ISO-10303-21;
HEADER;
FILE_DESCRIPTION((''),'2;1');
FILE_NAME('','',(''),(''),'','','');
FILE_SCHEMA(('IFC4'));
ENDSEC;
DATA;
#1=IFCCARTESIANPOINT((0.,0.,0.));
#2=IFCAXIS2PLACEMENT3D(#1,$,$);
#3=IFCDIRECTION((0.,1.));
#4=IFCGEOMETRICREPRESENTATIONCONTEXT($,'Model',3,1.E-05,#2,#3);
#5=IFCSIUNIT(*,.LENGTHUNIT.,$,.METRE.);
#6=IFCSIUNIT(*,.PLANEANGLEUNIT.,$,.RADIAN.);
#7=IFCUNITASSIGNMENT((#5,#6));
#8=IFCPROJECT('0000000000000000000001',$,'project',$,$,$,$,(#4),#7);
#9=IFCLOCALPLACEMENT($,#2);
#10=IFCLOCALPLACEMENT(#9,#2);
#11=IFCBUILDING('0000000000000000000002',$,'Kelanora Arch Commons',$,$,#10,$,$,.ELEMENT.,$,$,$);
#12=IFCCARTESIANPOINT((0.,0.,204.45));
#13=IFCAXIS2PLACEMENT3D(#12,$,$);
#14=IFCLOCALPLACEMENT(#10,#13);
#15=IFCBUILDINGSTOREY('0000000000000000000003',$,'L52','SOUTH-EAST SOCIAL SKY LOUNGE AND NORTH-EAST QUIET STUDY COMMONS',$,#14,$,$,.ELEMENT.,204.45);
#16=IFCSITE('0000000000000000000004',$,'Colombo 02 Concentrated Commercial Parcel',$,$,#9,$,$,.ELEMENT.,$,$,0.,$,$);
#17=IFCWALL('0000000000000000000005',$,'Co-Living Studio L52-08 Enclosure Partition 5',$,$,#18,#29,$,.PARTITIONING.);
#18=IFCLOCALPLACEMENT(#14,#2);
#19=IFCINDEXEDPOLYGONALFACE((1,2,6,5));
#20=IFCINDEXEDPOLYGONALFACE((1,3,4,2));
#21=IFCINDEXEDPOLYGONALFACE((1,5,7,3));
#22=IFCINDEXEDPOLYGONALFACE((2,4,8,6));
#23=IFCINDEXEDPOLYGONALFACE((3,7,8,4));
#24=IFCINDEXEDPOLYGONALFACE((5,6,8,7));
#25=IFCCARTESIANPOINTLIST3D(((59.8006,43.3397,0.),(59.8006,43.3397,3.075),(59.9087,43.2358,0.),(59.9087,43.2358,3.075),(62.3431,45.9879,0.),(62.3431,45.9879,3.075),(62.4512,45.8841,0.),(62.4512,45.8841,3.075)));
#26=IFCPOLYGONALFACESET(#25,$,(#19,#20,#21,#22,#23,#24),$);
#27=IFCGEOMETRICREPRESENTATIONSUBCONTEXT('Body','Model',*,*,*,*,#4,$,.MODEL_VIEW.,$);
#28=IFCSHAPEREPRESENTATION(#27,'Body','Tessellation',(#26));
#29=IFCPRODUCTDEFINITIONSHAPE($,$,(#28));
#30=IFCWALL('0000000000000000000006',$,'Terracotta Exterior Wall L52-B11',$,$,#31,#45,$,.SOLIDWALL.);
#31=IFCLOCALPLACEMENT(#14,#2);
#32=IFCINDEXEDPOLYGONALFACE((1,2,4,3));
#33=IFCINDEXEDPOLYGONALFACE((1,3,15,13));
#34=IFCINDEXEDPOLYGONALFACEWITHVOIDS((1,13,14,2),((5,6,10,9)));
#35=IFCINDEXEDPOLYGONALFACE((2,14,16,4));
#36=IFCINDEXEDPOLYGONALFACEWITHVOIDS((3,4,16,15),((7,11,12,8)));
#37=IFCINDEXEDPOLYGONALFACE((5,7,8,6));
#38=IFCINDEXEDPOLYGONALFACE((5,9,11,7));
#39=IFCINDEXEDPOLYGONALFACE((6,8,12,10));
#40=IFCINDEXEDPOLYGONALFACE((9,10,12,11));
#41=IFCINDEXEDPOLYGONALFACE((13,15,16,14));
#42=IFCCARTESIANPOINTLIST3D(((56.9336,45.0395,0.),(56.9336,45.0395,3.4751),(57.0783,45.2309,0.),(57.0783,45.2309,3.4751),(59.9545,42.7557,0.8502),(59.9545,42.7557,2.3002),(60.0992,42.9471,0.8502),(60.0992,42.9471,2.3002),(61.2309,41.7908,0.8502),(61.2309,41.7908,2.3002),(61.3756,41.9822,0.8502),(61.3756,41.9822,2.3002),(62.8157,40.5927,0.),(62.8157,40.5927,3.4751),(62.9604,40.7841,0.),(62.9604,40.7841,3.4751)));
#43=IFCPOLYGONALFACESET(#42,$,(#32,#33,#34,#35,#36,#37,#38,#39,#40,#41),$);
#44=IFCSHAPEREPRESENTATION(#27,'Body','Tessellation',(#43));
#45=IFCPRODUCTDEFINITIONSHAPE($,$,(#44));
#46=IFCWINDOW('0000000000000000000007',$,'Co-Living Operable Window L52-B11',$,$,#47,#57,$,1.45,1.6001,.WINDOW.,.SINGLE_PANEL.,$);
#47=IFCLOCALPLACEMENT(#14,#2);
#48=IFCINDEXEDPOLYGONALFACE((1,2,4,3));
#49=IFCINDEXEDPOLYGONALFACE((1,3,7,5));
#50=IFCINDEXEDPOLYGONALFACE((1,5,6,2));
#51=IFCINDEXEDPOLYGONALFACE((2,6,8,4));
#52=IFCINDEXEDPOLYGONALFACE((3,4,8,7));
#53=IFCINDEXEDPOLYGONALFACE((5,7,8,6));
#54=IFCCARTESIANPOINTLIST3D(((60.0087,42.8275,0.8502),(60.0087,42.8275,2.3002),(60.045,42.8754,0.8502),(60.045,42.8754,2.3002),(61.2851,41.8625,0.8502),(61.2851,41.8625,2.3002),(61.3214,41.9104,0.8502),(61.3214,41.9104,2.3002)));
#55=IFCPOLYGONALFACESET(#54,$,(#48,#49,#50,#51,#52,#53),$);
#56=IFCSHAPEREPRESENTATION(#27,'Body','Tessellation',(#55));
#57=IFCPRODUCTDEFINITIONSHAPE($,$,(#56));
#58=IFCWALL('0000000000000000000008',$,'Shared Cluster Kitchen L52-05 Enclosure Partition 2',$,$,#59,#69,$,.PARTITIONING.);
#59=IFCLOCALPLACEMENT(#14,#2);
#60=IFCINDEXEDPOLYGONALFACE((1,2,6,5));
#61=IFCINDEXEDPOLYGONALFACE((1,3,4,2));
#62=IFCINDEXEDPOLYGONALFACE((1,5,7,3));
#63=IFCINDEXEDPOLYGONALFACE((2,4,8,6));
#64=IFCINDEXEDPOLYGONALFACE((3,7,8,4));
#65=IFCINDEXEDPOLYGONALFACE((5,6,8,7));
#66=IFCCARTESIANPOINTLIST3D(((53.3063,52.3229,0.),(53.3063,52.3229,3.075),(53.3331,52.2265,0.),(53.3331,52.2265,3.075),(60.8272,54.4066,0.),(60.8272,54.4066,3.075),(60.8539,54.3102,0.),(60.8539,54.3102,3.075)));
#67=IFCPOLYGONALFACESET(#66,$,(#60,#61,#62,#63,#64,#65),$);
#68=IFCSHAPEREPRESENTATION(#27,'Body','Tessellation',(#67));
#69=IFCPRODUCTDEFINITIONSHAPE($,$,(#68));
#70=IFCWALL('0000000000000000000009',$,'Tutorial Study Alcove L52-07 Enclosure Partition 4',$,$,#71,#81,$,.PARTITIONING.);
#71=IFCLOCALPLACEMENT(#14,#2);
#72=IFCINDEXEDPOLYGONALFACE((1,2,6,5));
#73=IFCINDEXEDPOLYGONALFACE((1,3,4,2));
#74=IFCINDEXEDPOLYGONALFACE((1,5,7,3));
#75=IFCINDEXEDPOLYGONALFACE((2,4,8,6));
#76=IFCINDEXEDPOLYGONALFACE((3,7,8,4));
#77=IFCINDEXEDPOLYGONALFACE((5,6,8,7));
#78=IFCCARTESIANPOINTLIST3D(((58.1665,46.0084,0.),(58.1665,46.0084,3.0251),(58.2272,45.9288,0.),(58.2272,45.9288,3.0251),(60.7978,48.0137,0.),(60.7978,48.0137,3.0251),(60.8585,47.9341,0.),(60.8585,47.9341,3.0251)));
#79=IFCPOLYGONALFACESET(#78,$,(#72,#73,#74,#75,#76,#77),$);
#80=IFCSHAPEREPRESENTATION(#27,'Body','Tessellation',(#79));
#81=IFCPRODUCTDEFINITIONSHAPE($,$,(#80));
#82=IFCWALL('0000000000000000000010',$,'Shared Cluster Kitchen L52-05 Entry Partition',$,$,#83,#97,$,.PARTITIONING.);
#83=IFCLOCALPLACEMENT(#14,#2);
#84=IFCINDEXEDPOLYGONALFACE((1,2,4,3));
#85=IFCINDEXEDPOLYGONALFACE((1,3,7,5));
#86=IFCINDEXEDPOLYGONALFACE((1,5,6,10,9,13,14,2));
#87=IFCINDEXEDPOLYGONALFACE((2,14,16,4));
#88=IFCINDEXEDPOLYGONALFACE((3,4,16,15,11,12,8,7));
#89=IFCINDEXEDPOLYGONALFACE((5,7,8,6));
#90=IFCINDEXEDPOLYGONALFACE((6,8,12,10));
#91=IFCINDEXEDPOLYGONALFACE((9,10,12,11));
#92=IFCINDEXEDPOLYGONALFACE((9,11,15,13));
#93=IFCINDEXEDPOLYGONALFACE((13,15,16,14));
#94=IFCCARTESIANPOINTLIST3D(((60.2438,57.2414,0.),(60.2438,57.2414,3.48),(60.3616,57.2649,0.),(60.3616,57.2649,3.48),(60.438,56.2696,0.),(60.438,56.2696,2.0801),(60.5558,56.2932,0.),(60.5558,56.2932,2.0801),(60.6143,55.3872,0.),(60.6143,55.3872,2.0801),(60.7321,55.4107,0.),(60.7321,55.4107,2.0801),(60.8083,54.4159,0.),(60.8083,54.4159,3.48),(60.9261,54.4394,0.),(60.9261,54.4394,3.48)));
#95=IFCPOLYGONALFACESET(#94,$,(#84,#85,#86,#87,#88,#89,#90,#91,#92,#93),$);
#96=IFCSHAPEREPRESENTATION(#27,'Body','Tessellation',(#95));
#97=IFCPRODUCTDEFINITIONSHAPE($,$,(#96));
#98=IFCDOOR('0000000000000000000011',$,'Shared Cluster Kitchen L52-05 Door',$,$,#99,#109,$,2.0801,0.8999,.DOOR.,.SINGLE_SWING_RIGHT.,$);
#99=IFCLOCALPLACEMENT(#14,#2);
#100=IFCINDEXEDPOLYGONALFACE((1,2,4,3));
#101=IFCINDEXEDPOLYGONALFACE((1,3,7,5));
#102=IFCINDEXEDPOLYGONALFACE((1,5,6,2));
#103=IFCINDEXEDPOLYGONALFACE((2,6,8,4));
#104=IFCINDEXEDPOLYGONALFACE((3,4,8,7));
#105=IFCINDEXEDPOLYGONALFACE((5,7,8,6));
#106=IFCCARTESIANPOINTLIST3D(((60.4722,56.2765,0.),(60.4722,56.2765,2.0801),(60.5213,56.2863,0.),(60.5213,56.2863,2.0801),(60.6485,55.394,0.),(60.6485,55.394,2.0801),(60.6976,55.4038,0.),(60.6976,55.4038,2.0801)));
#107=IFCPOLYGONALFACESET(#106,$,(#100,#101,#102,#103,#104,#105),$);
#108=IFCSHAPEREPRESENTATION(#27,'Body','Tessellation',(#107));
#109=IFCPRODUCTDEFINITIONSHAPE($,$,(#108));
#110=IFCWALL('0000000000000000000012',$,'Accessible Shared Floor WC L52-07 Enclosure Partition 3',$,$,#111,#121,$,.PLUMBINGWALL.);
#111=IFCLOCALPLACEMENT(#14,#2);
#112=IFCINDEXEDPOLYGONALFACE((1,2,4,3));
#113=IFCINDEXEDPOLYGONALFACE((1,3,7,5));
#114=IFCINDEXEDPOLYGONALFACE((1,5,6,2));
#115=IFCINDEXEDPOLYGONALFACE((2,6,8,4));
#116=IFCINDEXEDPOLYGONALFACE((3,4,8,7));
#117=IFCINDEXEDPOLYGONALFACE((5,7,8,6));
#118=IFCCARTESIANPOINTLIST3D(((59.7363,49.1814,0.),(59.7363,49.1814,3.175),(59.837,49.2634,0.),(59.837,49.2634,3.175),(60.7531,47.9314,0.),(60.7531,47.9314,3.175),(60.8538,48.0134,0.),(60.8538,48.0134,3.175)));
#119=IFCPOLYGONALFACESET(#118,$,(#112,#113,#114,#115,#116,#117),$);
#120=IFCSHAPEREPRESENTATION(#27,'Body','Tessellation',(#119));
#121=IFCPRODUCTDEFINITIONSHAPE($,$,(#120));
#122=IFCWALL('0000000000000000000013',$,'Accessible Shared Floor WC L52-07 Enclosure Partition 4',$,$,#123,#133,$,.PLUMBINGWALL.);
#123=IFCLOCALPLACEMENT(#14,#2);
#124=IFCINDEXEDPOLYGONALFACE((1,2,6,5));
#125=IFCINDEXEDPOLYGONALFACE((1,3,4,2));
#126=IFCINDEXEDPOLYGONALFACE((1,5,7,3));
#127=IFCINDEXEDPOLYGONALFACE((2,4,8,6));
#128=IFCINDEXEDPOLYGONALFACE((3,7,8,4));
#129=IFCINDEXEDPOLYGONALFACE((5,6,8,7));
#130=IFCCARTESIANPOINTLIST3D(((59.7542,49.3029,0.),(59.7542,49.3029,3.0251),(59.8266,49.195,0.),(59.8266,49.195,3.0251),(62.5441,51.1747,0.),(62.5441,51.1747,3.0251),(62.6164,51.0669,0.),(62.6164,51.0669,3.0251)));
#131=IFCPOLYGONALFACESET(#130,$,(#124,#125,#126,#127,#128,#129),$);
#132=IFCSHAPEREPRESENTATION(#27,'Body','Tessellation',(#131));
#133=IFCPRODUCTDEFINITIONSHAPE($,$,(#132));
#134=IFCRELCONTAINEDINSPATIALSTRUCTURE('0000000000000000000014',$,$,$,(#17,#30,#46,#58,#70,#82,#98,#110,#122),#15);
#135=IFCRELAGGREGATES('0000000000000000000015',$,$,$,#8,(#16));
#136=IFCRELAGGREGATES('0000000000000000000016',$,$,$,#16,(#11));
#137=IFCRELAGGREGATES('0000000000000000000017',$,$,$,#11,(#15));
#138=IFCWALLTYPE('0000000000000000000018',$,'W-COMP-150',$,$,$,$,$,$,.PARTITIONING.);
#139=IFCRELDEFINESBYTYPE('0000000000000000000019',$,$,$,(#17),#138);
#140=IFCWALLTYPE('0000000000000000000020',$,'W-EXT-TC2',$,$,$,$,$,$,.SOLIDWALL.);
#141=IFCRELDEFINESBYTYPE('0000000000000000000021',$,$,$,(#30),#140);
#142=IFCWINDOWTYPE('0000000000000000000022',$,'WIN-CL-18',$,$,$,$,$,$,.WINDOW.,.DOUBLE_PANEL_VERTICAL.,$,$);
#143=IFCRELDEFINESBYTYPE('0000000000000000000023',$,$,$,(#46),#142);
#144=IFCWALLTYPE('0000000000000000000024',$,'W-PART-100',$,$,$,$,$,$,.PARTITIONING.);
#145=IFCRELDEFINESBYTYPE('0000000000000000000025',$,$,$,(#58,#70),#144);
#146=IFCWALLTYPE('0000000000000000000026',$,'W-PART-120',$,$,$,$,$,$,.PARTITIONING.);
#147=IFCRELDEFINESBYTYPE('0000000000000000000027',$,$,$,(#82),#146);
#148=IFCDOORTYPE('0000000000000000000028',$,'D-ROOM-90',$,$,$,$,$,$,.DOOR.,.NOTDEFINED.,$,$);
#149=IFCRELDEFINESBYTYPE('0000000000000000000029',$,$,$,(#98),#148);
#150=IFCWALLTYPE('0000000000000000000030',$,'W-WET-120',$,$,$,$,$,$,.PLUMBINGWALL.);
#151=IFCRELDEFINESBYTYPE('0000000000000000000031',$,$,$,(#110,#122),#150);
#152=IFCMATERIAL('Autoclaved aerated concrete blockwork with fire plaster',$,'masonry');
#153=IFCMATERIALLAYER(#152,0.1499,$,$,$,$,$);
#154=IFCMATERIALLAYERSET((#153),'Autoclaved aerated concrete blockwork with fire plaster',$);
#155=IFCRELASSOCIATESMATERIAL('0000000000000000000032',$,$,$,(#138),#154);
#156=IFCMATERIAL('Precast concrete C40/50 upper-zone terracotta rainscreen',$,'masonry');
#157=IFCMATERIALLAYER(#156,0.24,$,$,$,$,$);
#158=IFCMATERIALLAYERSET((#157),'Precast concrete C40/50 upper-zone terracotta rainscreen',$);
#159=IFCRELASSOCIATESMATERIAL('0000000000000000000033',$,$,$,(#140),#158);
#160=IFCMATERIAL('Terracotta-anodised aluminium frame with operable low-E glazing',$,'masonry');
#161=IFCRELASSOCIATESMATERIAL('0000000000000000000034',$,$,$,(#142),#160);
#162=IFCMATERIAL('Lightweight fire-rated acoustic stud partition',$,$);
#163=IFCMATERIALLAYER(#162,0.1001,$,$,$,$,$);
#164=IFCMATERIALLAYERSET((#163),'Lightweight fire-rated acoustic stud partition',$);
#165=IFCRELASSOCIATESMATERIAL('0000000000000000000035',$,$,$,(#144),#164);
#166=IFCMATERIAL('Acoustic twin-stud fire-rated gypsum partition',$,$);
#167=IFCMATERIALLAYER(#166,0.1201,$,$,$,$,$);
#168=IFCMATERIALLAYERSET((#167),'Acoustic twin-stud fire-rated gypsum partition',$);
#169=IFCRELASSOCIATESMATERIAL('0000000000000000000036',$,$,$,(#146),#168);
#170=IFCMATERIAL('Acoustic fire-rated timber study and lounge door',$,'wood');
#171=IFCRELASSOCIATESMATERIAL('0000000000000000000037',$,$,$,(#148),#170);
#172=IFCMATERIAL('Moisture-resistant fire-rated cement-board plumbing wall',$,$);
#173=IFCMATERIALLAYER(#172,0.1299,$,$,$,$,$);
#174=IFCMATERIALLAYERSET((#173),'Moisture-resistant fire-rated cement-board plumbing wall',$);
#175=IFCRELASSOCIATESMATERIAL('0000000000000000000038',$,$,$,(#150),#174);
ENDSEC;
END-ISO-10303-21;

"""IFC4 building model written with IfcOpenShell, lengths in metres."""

from ifc_helpers import new_model, si_unit, direction, frame, frame_2d, origin, place, context, subcontext, project, spatial, rectangle, extrude, material, layer, layer_set, type_object, element, fill, save


model = new_model("IFC4")

# Units and contexts
model_context = context("Model", 3, precision=1e-05, world=origin(), true_north=direction((0.0, 1.0)))
body_context = subcontext(model_context, "Body", "Model", "MODEL_VIEW")
ifc_project = project(units=[si_unit("LENGTHUNIT", "METRE"), si_unit("PLANEANGLEUNIT", "RADIAN")], contexts=[model_context])

# Site, building, storey
site_placement = place(None, origin())
site = spatial("IfcSite", under=ifc_project, at=site_placement, Name="Colombo 02 Concentrated Commercial Parcel", CompositionType="ELEMENT", RefElevation=0.0)
building_placement = place(site_placement, origin())
building = spatial("IfcBuilding", under=site, at=building_placement, Name="Kelanora Arch Commons", CompositionType="ELEMENT")
storey_placement = place(building_placement, frame((0.0, 0.0, 204.45)))
storey = spatial("IfcBuildingStorey", under=building, at=storey_placement, Name="L52", Description="SOUTH-EAST SOCIAL SKY LOUNGE AND NORTH-EAST QUIET STUDY COMMONS", CompositionType="ELEMENT", Elevation=204.45)

# Wall
ifc_material_1 = material(Name="Autoclaved aerated concrete blockwork with fire plaster", Category="masonry")
ifc_layer_1 = layer(ifc_material_1, 0.1499)
ifc_layer_set_1 = layer_set([ifc_layer_1], Name="Autoclaved aerated concrete blockwork with fire plaster")
wall_type_1 = type_object("IfcWallType", Name="W-COMP-150", PredefinedType="PARTITIONING", material=ifc_layer_set_1)
wall_1_placement = place(storey_placement, frame((59.8547, 43.2878, 0.0), z_axis=(0.0, 0.0, 1.0), x_axis=(0.692562, 0.721358, 0.0)))
element("IfcWall", 1, at=wall_1_placement, inside=storey, type_object=wall_type_1, Name="Co-Living Studio L52-08 Enclosure Partition 5", PredefinedType="PARTITIONING", context=body_context, shape_type="SweptSolid", body=[
    extrude(rectangle(XDim=3.6711, YDim=0.1499, at=frame_2d((1.8354, 0.0))), origin(), (0.0, 0.0, 1.0), 3.075),
])

# Wall, opening, window
ifc_material_2 = material(Name="Precast concrete C40/50 upper-zone terracotta rainscreen", Category="masonry")
ifc_layer_2 = layer(ifc_material_2, 0.24)
ifc_layer_set_2 = layer_set([ifc_layer_2], Name="Precast concrete C40/50 upper-zone terracotta rainscreen")
wall_type_2 = type_object("IfcWallType", Name="W-EXT-TC2", PredefinedType="SOLIDWALL", material=ifc_layer_set_2)
wall_2_placement = place(storey_placement, frame((57.0059, 45.1353, 0.0), z_axis=(0.0, 0.0, 1.0), x_axis=(0.797702, -0.603052, 0.0)))
wall_2 = element("IfcWall", 2, at=wall_2_placement, inside=storey, type_object=wall_type_2, Name="Terracotta Exterior Wall L52-B11", PredefinedType="SOLIDWALL", context=body_context, shape_type="SweptSolid", body=[
    extrude(rectangle(XDim=7.3738, YDim=0.24, at=frame_2d((3.687, 0.0))), origin(), (0.0, 0.0, 1.0), 3.4751),
])
opening_1_placement = place(wall_2_placement, frame((3.7871, 0.0, 0.8501)))
opening_1 = element("IfcOpeningElement", 3, at=opening_1_placement, cuts=wall_2, PredefinedType="OPENING", context=body_context, shape_type="SweptSolid", body=[
    extrude(rectangle(XDim=1.6001, YDim=1.45, at=frame_2d((0.8, 0.7251))), frame((0.0, 0.1299, 0.0), z_axis=(0.0, -1.0, 0.0), x_axis=(1.0, 0.0, 0.0)), (0.0, 0.0, 1.0), 0.26),
])
ifc_material_3 = material(Name="Terracotta-anodised aluminium frame with operable low-E glazing", Category="masonry")
window_type = type_object("IfcWindowType", Name="WIN-CL-18", PartitioningType="DOUBLE_PANEL_VERTICAL", PredefinedType="WINDOW", material=ifc_material_3)
window_placement = place(opening_1_placement, origin())
window = element("IfcWindow", 4, at=window_placement, inside=storey, type_object=window_type, Name="Co-Living Operable Window L52-B11", OverallHeight=1.45, OverallWidth=1.6001, PartitioningType="SINGLE_PANEL", PredefinedType="WINDOW", context=body_context, shape_type="SweptSolid", body=[
    extrude(rectangle(XDim=1.6001, YDim=1.45, at=frame_2d((0.8, 0.7251))), frame((0.0, 0.03, 0.0), z_axis=(0.0, -1.0, 0.0), x_axis=(1.0, 0.0, 0.0)), (0.0, 0.0, 1.0), 0.0601),
])
fill(opening_1, window)

# Walls
ifc_material_4 = material(Name="Lightweight fire-rated acoustic stud partition")
ifc_layer_3 = layer(ifc_material_4, 0.1001)
ifc_layer_set_3 = layer_set([ifc_layer_3], Name="Lightweight fire-rated acoustic stud partition")
wall_type_3 = type_object("IfcWallType", Name="W-PART-100", PredefinedType="PARTITIONING", material=ifc_layer_set_3)
wall_3_placement = place(storey_placement, frame((60.8406, 54.3584, 0.0), z_axis=(0.0, 0.0, 1.0), x_axis=(-0.963697, -0.266998, 0.0)))
element("IfcWall", 5, at=wall_3_placement, inside=storey, type_object=wall_type_3, Name="Shared Cluster Kitchen L52-05 Enclosure Partition 2", PredefinedType="PARTITIONING", context=body_context, shape_type="SweptSolid", body=[
    extrude(rectangle(XDim=7.8042, YDim=0.1001, at=frame_2d((3.9021, 0.0))), origin(), (0.0, 0.0, 1.0), 3.075),
])
wall_4_placement = place(storey_placement, frame((58.1968, 45.9685, 0.0), z_axis=(0.0, 0.0, 1.0), x_axis=(0.795354, 0.606145, 0.0)))
element("IfcWall", 6, at=wall_4_placement, inside=storey, type_object=wall_type_3, Name="Tutorial Study Alcove L52-07 Enclosure Partition 4", PredefinedType="PARTITIONING", context=body_context, shape_type="SweptSolid", body=[
    extrude(rectangle(XDim=3.3083, YDim=0.1001, at=frame_2d((1.6543, 0.0))), origin(), (0.0, 0.0, 1.0), 3.0251),
])

# Wall, opening, door
ifc_material_5 = material(Name="Acoustic twin-stud fire-rated gypsum partition")
ifc_layer_4 = layer(ifc_material_5, 0.1201)
ifc_layer_set_4 = layer_set([ifc_layer_4], Name="Acoustic twin-stud fire-rated gypsum partition")
wall_type_4 = type_object("IfcWallType", Name="W-PART-120", PredefinedType="PARTITIONING", material=ifc_layer_set_4)
wall_5_placement = place(storey_placement, frame((60.3027, 57.2532, 0.0), z_axis=(0.0, 0.0, 1.0), x_axis=(0.195904, -0.980623, 0.0)))
wall_5 = element("IfcWall", 7, at=wall_5_placement, inside=storey, type_object=wall_type_4, Name="Shared Cluster Kitchen L52-05 Entry Partition", PredefinedType="PARTITIONING", context=body_context, shape_type="SweptSolid", body=[
    extrude(rectangle(XDim=2.8813, YDim=0.1201, at=frame_2d((1.4407, 0.0))), origin(), (0.0, 0.0, 1.0), 3.48),
])
opening_2_placement = place(wall_5_placement, frame((0.991, 0.0, 0.0)))
opening_2 = element("IfcOpeningElement", 8, at=opening_2_placement, cuts=wall_5, PredefinedType="OPENING", context=body_context, shape_type="SweptSolid", body=[
    extrude(rectangle(XDim=0.8999, YDim=2.0801, at=frame_2d((0.45, 1.04))), frame((0.0, 0.0701, 0.0), z_axis=(0.0, -1.0, 0.0), x_axis=(1.0, 0.0, 0.0)), (0.0, 0.0, 1.0), 0.1401),
])
ifc_material_6 = material(Name="Acoustic fire-rated timber study and lounge door", Category="wood")
door_type = type_object("IfcDoorType", Name="D-ROOM-90", OperationType="NOTDEFINED", PredefinedType="DOOR", material=ifc_material_6)
door_placement = place(opening_2_placement, origin())
door = element("IfcDoor", 9, at=door_placement, inside=storey, type_object=door_type, Name="Shared Cluster Kitchen L52-05 Door", OperationType="SINGLE_SWING_RIGHT", OverallHeight=2.0801, OverallWidth=0.8999, PredefinedType="DOOR", context=body_context, shape_type="SweptSolid", body=[
    extrude(rectangle(XDim=0.8999, YDim=2.0801, at=frame_2d((0.45, 1.04))), frame((0.0, 0.0249, 0.0), z_axis=(0.0, -1.0, 0.0), x_axis=(1.0, 0.0, 0.0)), (0.0, 0.0, 1.0), 0.05),
])
fill(opening_2, door)

# Walls
ifc_material_7 = material(Name="Moisture-resistant fire-rated cement-board plumbing wall")
ifc_layer_5 = layer(ifc_material_7, 0.1299)
ifc_layer_set_5 = layer_set([ifc_layer_5], Name="Moisture-resistant fire-rated cement-board plumbing wall")
wall_type_5 = type_object("IfcWallType", Name="W-WET-120", PredefinedType="PLUMBINGWALL", material=ifc_layer_set_5)
wall_6_placement = place(storey_placement, frame((60.8035, 47.9724, 0.0), z_axis=(0.0, 0.0, 1.0), x_axis=(-0.631049, 0.775743, 0.0)))
element("IfcWall", 10, at=wall_6_placement, inside=storey, type_object=wall_type_5, Name="Accessible Shared Floor WC L52-07 Enclosure Partition 3", PredefinedType="PLUMBINGWALL", context=body_context, shape_type="SweptSolid", body=[
    extrude(rectangle(XDim=1.6113, YDim=0.1299, at=frame_2d((0.8057, 0.0))), origin(), (0.0, 0.0, 1.0), 3.175),
])
wall_7_placement = place(storey_placement, frame((59.7905, 49.249, 0.0), z_axis=(0.0, 0.0, 1.0), x_axis=(0.830403, 0.557163, 0.0)))
element("IfcWall", 11, at=wall_7_placement, inside=storey, type_object=wall_type_5, Name="Accessible Shared Floor WC L52-07 Enclosure Partition 4", PredefinedType="PLUMBINGWALL", context=body_context, shape_type="SweptSolid", body=[
    extrude(rectangle(XDim=3.3596, YDim=0.1299, at=frame_2d((1.6797, 0.0))), origin(), (0.0, 0.0, 1.0), 3.0251),
])

save(model, "model.ifc")
